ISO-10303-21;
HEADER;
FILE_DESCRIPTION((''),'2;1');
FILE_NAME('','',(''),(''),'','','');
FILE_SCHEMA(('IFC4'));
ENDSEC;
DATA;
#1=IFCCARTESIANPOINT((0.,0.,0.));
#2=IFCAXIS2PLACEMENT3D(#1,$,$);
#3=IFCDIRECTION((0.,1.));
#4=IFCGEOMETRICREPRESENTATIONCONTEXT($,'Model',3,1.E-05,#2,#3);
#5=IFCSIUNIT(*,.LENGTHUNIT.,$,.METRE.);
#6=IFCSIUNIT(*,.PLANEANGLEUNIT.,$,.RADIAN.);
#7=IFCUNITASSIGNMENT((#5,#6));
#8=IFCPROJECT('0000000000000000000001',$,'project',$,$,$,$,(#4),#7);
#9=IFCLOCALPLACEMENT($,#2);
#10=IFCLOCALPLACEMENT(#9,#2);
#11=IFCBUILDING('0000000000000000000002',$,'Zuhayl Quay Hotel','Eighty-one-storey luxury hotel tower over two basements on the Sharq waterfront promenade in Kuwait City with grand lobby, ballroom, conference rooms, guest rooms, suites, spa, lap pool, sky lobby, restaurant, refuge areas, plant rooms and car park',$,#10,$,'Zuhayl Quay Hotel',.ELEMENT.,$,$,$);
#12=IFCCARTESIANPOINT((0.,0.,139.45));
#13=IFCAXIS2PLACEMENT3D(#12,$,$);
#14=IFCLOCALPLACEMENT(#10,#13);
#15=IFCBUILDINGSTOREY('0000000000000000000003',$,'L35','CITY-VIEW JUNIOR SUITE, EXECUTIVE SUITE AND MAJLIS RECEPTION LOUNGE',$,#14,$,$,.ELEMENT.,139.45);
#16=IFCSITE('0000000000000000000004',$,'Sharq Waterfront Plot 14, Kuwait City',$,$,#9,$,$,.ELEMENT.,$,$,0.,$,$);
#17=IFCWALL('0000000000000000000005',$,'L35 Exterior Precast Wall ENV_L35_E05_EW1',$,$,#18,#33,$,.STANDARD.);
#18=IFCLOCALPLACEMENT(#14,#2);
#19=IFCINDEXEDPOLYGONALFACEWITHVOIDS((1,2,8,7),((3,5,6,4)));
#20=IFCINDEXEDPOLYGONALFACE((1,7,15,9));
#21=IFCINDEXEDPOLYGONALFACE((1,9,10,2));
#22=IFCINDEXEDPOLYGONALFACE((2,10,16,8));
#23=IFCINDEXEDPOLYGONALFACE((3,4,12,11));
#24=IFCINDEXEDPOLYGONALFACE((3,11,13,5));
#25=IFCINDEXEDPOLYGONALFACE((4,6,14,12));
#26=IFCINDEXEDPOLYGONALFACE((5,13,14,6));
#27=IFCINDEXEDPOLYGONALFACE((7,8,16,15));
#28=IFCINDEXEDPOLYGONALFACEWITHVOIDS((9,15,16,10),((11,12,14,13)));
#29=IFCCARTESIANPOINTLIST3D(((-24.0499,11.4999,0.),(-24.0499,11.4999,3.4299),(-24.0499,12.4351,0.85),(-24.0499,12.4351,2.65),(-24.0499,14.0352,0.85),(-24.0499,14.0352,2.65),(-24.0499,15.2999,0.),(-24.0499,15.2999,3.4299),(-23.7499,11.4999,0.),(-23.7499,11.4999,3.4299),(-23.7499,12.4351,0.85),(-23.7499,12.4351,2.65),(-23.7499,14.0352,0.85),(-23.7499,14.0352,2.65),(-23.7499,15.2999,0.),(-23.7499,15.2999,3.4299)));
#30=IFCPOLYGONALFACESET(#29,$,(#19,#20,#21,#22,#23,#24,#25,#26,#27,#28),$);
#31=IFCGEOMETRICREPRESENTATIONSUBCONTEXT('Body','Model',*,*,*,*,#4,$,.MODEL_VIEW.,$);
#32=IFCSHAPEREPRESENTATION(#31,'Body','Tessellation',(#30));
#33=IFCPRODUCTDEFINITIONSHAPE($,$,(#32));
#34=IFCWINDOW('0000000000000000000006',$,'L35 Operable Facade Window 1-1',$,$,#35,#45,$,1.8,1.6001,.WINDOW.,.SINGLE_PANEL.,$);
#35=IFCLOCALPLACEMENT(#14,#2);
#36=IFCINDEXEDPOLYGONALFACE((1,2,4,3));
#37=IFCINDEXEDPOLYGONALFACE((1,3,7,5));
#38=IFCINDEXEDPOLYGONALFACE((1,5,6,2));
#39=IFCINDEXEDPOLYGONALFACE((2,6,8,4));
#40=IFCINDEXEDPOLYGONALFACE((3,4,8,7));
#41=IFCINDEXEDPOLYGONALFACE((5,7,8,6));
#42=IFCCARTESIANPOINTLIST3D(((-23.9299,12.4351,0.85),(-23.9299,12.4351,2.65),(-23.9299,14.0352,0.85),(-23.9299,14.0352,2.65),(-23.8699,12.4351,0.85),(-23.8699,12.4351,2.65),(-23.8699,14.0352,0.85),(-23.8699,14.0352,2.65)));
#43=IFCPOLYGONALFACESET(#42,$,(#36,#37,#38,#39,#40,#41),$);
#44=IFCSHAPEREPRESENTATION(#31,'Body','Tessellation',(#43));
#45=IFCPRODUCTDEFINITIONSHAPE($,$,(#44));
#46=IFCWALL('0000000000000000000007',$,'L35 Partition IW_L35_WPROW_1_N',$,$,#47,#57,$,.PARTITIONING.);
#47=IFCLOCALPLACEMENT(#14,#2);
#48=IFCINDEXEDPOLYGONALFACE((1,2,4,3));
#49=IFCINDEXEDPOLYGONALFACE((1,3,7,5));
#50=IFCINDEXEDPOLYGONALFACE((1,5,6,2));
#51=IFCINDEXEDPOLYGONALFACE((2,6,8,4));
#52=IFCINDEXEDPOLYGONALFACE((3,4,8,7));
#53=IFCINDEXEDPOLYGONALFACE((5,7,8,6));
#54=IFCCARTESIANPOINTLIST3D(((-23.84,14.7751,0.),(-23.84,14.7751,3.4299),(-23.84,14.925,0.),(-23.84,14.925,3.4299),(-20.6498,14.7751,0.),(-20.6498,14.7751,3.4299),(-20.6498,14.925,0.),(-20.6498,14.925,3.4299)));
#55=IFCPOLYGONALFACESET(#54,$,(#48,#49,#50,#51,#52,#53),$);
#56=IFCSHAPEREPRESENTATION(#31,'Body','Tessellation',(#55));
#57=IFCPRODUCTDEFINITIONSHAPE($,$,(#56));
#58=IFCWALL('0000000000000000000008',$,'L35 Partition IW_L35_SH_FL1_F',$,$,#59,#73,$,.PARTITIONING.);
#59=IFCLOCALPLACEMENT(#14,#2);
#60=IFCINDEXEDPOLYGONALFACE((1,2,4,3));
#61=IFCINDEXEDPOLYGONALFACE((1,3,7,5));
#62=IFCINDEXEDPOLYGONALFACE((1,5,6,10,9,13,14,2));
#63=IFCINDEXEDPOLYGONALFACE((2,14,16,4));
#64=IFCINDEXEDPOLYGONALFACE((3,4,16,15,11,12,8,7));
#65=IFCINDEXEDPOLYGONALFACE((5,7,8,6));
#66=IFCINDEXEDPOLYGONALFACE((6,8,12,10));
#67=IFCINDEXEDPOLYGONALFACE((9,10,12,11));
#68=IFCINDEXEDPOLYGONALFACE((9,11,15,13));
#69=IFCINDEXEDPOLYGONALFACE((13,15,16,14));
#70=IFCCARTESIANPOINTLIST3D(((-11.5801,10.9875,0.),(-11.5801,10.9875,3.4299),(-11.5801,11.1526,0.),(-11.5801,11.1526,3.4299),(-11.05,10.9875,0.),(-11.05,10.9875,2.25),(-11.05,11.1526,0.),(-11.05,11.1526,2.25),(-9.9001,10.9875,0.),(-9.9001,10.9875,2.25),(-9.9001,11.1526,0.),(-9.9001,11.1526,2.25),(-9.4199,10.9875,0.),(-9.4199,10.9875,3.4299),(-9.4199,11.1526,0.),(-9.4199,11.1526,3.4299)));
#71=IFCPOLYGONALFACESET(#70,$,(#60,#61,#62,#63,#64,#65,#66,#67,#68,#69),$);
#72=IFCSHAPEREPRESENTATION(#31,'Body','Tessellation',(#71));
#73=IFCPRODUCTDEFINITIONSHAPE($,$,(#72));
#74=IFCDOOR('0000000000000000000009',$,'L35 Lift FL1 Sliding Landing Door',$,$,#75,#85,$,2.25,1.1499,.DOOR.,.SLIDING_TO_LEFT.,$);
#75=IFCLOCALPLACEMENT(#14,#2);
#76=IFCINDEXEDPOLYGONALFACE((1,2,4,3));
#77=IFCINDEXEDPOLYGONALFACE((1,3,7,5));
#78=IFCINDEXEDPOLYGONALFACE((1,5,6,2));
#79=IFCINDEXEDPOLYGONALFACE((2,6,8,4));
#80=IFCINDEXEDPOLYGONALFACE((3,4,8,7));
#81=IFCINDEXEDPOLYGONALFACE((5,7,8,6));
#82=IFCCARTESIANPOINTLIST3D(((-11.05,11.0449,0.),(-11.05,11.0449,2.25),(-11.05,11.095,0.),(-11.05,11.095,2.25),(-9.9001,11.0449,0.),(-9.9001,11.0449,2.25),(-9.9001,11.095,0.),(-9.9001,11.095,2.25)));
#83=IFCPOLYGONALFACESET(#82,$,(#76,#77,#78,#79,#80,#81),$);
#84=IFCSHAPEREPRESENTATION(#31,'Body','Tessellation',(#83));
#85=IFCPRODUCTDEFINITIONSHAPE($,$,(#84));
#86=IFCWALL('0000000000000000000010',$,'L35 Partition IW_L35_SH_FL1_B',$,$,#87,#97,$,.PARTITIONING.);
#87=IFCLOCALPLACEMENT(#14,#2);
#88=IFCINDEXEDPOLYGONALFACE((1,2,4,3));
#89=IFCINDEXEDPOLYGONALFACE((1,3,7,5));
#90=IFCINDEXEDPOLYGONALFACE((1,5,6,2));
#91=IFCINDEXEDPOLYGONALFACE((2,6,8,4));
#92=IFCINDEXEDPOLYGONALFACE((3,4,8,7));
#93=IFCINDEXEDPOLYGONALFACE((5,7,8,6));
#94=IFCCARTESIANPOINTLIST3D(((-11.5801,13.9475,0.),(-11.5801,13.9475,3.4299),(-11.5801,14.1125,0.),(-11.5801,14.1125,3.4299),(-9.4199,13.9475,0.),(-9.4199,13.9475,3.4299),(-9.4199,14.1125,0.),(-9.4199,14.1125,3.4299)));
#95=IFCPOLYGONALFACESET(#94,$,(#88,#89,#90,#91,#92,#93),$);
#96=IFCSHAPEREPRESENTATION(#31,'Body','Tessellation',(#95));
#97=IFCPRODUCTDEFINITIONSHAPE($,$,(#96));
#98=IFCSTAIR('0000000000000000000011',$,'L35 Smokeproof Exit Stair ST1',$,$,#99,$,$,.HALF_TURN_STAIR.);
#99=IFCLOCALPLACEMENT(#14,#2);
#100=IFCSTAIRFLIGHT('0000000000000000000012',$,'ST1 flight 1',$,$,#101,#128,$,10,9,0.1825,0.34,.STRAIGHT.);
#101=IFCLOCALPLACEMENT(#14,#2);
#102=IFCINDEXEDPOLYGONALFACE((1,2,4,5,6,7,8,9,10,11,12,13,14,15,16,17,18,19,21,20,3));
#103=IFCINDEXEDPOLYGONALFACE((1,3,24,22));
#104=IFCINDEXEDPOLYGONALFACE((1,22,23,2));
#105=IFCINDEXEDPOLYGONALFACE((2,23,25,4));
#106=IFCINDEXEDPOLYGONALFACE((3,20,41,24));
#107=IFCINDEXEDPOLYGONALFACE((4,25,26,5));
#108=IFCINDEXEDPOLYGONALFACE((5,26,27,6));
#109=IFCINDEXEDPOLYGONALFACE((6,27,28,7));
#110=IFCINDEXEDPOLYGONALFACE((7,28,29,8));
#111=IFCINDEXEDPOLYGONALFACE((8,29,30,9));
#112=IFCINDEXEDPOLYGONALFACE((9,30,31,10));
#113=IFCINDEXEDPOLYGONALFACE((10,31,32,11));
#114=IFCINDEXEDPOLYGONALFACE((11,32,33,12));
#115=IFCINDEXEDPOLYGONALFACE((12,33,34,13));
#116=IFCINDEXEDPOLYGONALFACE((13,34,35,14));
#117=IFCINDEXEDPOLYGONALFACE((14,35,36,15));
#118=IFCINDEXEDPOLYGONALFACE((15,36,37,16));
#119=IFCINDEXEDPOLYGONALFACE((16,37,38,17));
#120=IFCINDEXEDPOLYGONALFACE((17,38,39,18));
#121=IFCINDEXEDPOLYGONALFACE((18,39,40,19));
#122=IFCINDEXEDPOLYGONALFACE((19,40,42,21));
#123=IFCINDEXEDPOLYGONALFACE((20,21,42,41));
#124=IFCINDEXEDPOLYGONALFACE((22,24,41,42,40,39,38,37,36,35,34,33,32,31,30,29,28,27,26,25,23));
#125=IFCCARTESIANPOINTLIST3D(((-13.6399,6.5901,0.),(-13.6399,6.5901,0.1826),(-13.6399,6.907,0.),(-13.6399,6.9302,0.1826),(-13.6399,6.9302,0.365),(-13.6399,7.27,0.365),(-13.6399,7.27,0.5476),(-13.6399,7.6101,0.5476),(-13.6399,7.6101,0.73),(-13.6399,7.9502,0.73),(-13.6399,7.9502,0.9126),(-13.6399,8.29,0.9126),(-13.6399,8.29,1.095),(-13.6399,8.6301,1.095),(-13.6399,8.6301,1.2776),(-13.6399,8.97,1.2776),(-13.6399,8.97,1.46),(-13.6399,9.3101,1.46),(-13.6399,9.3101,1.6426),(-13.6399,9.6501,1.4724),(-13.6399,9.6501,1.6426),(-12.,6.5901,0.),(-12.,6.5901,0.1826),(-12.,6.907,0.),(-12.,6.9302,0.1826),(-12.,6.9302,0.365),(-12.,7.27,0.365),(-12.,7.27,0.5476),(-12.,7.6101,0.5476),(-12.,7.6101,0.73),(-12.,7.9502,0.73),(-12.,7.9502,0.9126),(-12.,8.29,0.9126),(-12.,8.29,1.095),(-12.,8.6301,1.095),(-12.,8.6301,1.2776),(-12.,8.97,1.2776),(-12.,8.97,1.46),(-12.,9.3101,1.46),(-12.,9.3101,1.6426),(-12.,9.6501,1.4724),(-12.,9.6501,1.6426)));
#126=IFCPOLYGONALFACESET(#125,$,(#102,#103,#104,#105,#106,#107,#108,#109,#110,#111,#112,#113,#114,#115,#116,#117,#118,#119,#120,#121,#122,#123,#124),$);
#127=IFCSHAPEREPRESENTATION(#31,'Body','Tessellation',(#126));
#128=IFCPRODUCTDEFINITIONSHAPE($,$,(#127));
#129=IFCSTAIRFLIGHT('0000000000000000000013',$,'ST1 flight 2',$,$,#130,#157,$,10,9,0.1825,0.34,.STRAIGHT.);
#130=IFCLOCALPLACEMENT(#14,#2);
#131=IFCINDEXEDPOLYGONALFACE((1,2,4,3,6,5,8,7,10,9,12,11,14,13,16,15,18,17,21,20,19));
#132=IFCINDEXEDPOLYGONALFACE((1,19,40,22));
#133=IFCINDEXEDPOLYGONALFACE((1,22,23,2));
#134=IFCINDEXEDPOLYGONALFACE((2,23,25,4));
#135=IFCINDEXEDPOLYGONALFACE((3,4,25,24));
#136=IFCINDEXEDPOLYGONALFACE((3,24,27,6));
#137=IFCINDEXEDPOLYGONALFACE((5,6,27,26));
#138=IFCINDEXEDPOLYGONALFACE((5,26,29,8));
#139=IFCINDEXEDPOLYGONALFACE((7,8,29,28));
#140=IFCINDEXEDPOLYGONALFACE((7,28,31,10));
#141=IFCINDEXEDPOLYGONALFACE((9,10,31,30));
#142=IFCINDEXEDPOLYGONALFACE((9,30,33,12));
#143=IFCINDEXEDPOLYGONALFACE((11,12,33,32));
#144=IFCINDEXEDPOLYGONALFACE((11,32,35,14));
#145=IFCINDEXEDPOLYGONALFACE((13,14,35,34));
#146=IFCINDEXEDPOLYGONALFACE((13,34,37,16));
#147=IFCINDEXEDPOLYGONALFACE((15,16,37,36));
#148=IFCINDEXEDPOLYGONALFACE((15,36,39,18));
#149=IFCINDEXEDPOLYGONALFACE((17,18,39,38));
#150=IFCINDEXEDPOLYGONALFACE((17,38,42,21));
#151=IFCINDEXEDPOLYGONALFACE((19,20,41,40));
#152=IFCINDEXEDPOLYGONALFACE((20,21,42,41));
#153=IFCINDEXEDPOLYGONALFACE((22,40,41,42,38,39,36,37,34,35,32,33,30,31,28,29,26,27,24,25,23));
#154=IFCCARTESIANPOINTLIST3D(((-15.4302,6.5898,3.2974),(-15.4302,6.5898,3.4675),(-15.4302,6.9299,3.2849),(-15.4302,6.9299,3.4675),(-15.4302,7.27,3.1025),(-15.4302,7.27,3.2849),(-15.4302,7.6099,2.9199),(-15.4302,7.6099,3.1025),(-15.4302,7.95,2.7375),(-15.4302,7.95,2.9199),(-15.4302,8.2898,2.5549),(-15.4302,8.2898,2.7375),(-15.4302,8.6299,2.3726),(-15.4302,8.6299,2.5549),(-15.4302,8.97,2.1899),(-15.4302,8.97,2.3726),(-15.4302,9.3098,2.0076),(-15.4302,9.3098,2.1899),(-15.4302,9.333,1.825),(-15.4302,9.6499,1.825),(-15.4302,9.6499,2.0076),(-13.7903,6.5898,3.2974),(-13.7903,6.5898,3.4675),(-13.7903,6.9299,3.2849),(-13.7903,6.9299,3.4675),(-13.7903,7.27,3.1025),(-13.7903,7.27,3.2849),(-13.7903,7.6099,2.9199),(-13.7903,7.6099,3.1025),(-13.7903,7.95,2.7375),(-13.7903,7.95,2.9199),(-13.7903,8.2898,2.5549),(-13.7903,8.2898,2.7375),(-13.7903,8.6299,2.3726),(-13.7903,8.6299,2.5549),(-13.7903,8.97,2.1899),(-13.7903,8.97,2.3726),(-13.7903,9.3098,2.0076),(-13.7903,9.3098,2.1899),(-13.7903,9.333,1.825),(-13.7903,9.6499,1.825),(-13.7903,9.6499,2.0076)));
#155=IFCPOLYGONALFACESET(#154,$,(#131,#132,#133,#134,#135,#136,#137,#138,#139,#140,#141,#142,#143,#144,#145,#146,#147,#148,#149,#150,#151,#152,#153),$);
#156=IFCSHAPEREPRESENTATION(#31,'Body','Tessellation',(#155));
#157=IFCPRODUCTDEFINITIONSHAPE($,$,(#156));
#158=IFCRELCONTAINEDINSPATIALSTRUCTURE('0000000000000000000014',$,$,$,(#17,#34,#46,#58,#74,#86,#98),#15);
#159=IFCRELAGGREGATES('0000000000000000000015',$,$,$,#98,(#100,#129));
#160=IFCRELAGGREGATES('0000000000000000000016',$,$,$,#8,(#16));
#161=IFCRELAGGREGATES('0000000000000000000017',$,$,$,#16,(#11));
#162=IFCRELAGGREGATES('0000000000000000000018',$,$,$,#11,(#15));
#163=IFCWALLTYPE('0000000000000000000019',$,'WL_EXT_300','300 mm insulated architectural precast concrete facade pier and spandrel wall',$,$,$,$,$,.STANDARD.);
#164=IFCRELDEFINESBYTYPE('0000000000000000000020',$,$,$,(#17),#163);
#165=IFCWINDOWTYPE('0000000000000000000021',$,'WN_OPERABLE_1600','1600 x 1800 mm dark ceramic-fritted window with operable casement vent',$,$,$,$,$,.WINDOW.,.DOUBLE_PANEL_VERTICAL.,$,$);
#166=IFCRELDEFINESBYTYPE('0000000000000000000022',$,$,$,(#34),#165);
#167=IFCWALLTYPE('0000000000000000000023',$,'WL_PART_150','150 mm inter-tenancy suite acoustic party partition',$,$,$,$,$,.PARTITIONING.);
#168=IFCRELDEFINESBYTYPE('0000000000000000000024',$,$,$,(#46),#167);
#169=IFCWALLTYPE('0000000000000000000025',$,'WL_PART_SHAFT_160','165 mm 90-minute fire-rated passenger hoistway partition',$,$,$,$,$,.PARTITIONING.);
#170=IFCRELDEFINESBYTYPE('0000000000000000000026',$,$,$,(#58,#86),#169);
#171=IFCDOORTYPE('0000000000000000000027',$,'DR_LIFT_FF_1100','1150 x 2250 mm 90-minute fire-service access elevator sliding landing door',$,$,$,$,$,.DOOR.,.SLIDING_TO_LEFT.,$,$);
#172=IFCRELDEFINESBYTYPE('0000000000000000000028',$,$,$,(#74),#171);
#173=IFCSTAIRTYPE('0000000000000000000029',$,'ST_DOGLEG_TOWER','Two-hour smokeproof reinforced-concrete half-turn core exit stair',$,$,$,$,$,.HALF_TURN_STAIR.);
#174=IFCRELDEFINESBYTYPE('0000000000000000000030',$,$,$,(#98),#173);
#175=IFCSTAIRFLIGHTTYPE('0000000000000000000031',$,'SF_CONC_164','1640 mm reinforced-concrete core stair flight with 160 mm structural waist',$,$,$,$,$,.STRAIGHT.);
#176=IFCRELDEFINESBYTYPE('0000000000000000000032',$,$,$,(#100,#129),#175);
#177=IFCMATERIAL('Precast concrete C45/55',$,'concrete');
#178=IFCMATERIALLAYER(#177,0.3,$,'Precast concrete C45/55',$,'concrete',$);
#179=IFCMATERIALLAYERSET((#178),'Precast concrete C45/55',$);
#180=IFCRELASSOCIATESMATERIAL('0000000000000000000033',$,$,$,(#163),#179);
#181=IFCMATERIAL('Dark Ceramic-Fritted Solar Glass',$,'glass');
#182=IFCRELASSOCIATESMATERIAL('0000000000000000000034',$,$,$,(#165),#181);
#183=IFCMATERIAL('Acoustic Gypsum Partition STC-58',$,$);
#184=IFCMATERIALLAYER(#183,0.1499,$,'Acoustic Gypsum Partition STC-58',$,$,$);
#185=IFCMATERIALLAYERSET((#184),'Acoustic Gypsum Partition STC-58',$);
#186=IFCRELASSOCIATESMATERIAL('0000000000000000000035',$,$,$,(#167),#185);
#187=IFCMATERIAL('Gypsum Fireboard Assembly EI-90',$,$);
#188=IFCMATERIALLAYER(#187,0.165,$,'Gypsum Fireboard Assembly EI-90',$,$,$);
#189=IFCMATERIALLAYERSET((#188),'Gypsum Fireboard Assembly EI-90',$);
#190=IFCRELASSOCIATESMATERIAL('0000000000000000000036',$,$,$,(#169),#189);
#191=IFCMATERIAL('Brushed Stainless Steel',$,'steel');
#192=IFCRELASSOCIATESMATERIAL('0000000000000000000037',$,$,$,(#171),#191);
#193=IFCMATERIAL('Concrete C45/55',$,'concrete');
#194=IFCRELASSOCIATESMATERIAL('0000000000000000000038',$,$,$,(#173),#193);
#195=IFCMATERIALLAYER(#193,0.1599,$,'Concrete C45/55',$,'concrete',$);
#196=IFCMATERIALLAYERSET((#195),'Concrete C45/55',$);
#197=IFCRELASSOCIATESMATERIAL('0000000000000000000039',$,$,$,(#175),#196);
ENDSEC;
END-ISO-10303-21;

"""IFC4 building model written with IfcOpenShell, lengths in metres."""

from ifc_helpers import new_model, si_unit, direction, frame, frame_2d, origin, place, context, subcontext, project, spatial, polyline, rectangle, outline, extrude, material, layer, layer_set, type_object, element, fill, aggregate, save


model = new_model("IFC4")

# Units and contexts
model_context = context("Model", 3, precision=1e-05, world=origin(), true_north=direction((0.0, 1.0)))
body_context = subcontext(model_context, "Body", "Model", "MODEL_VIEW")
ifc_project = project(units=[si_unit("LENGTHUNIT", "METRE"), si_unit("PLANEANGLEUNIT", "RADIAN")], contexts=[model_context])

# Site, building, storey
site_placement = place(None, origin())
site = spatial("IfcSite", under=ifc_project, at=site_placement, Name="Sharq Waterfront Plot 14, Kuwait City", CompositionType="ELEMENT", RefElevation=0.0)
building_placement = place(site_placement, origin())
building = spatial("IfcBuilding", under=site, at=building_placement, Name="Zuhayl Quay Hotel", Description="Eighty-one-storey luxury hotel tower over two basements on the Sharq waterfront promenade in Kuwait City with grand lobby, ballroom, conference rooms, guest rooms, suites, spa, lap pool, sky lobby, restaurant, refuge areas, plant rooms and car park", LongName="Zuhayl Quay Hotel", CompositionType="ELEMENT")
storey_placement = place(building_placement, frame((0.0, 0.0, 139.45)))
storey = spatial("IfcBuildingStorey", under=building, at=storey_placement, Name="L35", Description="CITY-VIEW JUNIOR SUITE, EXECUTIVE SUITE AND MAJLIS RECEPTION LOUNGE", CompositionType="ELEMENT", Elevation=139.45)

# Shared definitions
ifc_material_1 = material(Name="Precast concrete C45/55", Category="concrete")
ifc_layer_1 = layer(ifc_material_1, 0.3, Name="Precast concrete C45/55", Category="concrete")
ifc_layer_set_1 = layer_set([ifc_layer_1], Name="Precast concrete C45/55")
wall_type_1 = type_object("IfcWallType", Name="WL_EXT_300", Description="300 mm insulated architectural precast concrete facade pier and spandrel wall", PredefinedType="STANDARD", material=ifc_layer_set_1)

# Wall, opening, window
wall_1_placement = place(storey_placement, frame((-23.8999, 11.5, 0.0), z_axis=(0.0, 0.0, 1.0), x_axis=(0.0, 1.0, 0.0)))
wall_1 = element("IfcWall", 1, at=wall_1_placement, inside=storey, type_object=wall_type_1, Name="L35 Exterior Precast Wall ENV_L35_E05_EW1", PredefinedType="STANDARD", context=body_context, shape_type="SweptSolid", body=[
    extrude(rectangle(XDim=3.8, YDim=0.3, at=frame_2d((1.8999, 0.0))), origin(), (0.0, 0.0, 1.0), 3.4299),
])
opening_1_placement = place(wall_1_placement, frame((0.9351, 0.0, 0.8501)))
opening_1 = element("IfcOpeningElement", 2, at=opening_1_placement, cuts=wall_1, PredefinedType="OPENING", context=body_context, shape_type="SweptSolid", body=[
    extrude(rectangle(XDim=1.6001, YDim=1.8, at=frame_2d((0.8, 0.8999))), frame((0.0, 0.1599, 0.0), z_axis=(0.0, -1.0, 0.0), x_axis=(1.0, 0.0, 0.0)), (0.0, 0.0, 1.0), 0.3201),
])
ifc_material_2 = material(Name="Dark Ceramic-Fritted Solar Glass", Category="glass")
window_type = type_object("IfcWindowType", Name="WN_OPERABLE_1600", Description="1600 x 1800 mm dark ceramic-fritted window with operable casement vent", PartitioningType="DOUBLE_PANEL_VERTICAL", PredefinedType="WINDOW", material=ifc_material_2)
window_placement = place(opening_1_placement, origin())
window = element("IfcWindow", 3, at=window_placement, inside=storey, type_object=window_type, Name="L35 Operable Facade Window 1-1", OverallHeight=1.8, OverallWidth=1.6001, PartitioningType="SINGLE_PANEL", PredefinedType="WINDOW", context=body_context, shape_type="SweptSolid", body=[
    extrude(rectangle(XDim=1.6001, YDim=1.8, at=frame_2d((0.8, 0.8999))), frame((0.0, 0.03, 0.0), z_axis=(0.0, -1.0, 0.0), x_axis=(1.0, 0.0, 0.0)), (0.0, 0.0, 1.0), 0.0601),
])
fill(opening_1, window)

# Wall
ifc_material_3 = material(Name="Acoustic Gypsum Partition STC-58")
ifc_layer_2 = layer(ifc_material_3, 0.1499, Name="Acoustic Gypsum Partition STC-58")
ifc_layer_set_2 = layer_set([ifc_layer_2], Name="Acoustic Gypsum Partition STC-58")
wall_type_2 = type_object("IfcWallType", Name="WL_PART_150", Description="150 mm inter-tenancy suite acoustic party partition", PredefinedType="PARTITIONING", material=ifc_layer_set_2)
wall_2_placement = place(storey_placement, frame((-23.8401, 14.8501, 0.0), z_axis=(0.0, 0.0, 1.0), x_axis=(1.0, 0.0, 0.0)))
element("IfcWall", 4, at=wall_2_placement, inside=storey, type_object=wall_type_2, Name="L35 Partition IW_L35_WPROW_1_N", PredefinedType="PARTITIONING", context=body_context, shape_type="SweptSolid", body=[
    extrude(rectangle(XDim=3.1902, YDim=0.1499, at=frame_2d((1.5952, 0.0))), origin(), (0.0, 0.0, 1.0), 3.4299),
])

# Wall, opening, door
ifc_material_4 = material(Name="Gypsum Fireboard Assembly EI-90")
ifc_layer_3 = layer(ifc_material_4, 0.165, Name="Gypsum Fireboard Assembly EI-90")
ifc_layer_set_3 = layer_set([ifc_layer_3], Name="Gypsum Fireboard Assembly EI-90")
wall_type_3 = type_object("IfcWallType", Name="WL_PART_SHAFT_160", Description="165 mm 90-minute fire-rated passenger hoistway partition", PredefinedType="PARTITIONING", material=ifc_layer_set_3)
wall_3_placement = place(storey_placement, frame((-11.5801, 11.0701, 0.0), z_axis=(0.0, 0.0, 1.0), x_axis=(1.0, 0.0, 0.0)))
wall_3 = element("IfcWall", 5, at=wall_3_placement, inside=storey, type_object=wall_type_3, Name="L35 Partition IW_L35_SH_FL1_F", PredefinedType="PARTITIONING", context=body_context, shape_type="SweptSolid", body=[
    extrude(rectangle(XDim=2.1602, YDim=0.165, at=frame_2d((1.0801, 0.0))), origin(), (0.0, 0.0, 1.0), 3.4299),
])
opening_2_placement = place(wall_3_placement, frame((0.53, 0.0, 0.0)))
opening_2 = element("IfcOpeningElement", 6, at=opening_2_placement, cuts=wall_3, PredefinedType="OPENING", context=body_context, shape_type="SweptSolid", body=[
    extrude(rectangle(XDim=1.1499, YDim=2.25, at=frame_2d((0.575, 1.125))), frame((0.0, 0.0925, 0.0), z_axis=(0.0, -1.0, 0.0), x_axis=(1.0, 0.0, 0.0)), (0.0, 0.0, 1.0), 0.1851),
])
ifc_material_5 = material(Name="Brushed Stainless Steel", Category="steel")
door_type = type_object("IfcDoorType", Name="DR_LIFT_FF_1100", Description="1150 x 2250 mm 90-minute fire-service access elevator sliding landing door", OperationType="SLIDING_TO_LEFT", PredefinedType="DOOR", material=ifc_material_5)
door_placement = place(opening_2_placement, origin())
door = element("IfcDoor", 7, at=door_placement, inside=storey, type_object=door_type, Name="L35 Lift FL1 Sliding Landing Door", OperationType="SLIDING_TO_LEFT", OverallHeight=2.25, OverallWidth=1.1499, PredefinedType="DOOR", context=body_context, shape_type="SweptSolid", body=[
    extrude(rectangle(XDim=1.1499, YDim=2.25, at=frame_2d((0.575, 1.125))), frame((0.0, 0.0249, 0.0), z_axis=(0.0, -1.0, 0.0), x_axis=(1.0, 0.0, 0.0)), (0.0, 0.0, 1.0), 0.05),
])
fill(opening_2, door)

# Wall
wall_4_placement = place(storey_placement, frame((-11.5801, 14.03, 0.0), z_axis=(0.0, 0.0, 1.0), x_axis=(1.0, 0.0, 0.0)))
element("IfcWall", 8, at=wall_4_placement, inside=storey, type_object=wall_type_3, Name="L35 Partition IW_L35_SH_FL1_B", PredefinedType="PARTITIONING", context=body_context, shape_type="SweptSolid", body=[
    extrude(rectangle(XDim=2.1602, YDim=0.165, at=frame_2d((1.0801, 0.0))), origin(), (0.0, 0.0, 1.0), 3.4299),
])

# Stair, stair flights
ifc_material_6 = material(Name="Concrete C45/55", Category="concrete")
stair_type = type_object("IfcStairType", Name="ST_DOGLEG_TOWER", Description="Two-hour smokeproof reinforced-concrete half-turn core exit stair", PredefinedType="HALF_TURN_STAIR", material=ifc_material_6)
stair_placement = place(storey_placement, origin())
stair = element("IfcStair", 9, at=stair_placement, inside=storey, type_object=stair_type, Name="L35 Smokeproof Exit Stair ST1", PredefinedType="HALF_TURN_STAIR")
ifc_layer_4 = layer(ifc_material_6, 0.1599, Name="Concrete C45/55", Category="concrete")
ifc_layer_set_4 = layer_set([ifc_layer_4], Name="Concrete C45/55")
stair_flight_type = type_object("IfcStairFlightType", Name="SF_CONC_164", Description="1640 mm reinforced-concrete core stair flight with 160 mm structural waist", PredefinedType="STRAIGHT", material=ifc_layer_set_4)
stair_flight_1_placement = place(storey_placement, frame((-12.8201, 6.5901, 0.0), z_axis=(0.0, 0.0, 1.0), x_axis=(0.0, 1.0, 0.0)))
stair_flight_1 = element("IfcStairFlight", 10, at=stair_flight_1_placement, type_object=stair_flight_type, Name="ST1 flight 1", NumberOfRisers=10, NumberOfTreads=9, PredefinedType="STRAIGHT", RiserHeight=0.1825, TreadLength=0.34, context=body_context, shape_type="SweptSolid", body=[
    extrude(outline(polyline([(0.0, 0.0), (0.0, 0.1826), (0.3401, 0.1826), (0.3401, 0.365), (0.6799, 0.365), (0.6799, 0.5476), (1.02, 0.5476), (1.02, 0.73), (1.3601, 0.73), (1.3601, 0.9126), (1.7, 0.9126), (1.7, 1.095), (2.04, 1.095), (2.04, 1.2776), (2.3799, 1.2776), (2.3799, 1.46), (2.72, 1.46), (2.72, 1.6426), (3.0601, 1.6426), (3.0601, 1.825), (3.0601, 1.4724), (0.3169, 0.0), (0.0, 0.0)])), frame((0.0, 0.8198, 0.0), z_axis=(0.0, -1.0, 0.0), x_axis=(1.0, 0.0, 0.0)), (0.0, 0.0, 1.0), 1.6399),
])
stair_flight_2_placement = place(storey_placement, frame((-14.6101, 9.6499, 1.825), z_axis=(0.0, 0.0, 1.0), x_axis=(0.0, -1.0, 0.0)))
stair_flight_2 = element("IfcStairFlight", 11, at=stair_flight_2_placement, type_object=stair_flight_type, Name="ST1 flight 2", NumberOfRisers=10, NumberOfTreads=9, PredefinedType="STRAIGHT", RiserHeight=0.1825, TreadLength=0.34, context=body_context, shape_type="SweptSolid", body=[
    extrude(outline(polyline([(0.0, 0.0), (0.0, 0.1826), (0.3401, 0.1826), (0.3401, 0.365), (0.6799, 0.365), (0.6799, 0.5476), (1.02, 0.5476), (1.02, 0.73), (1.3601, 0.73), (1.3601, 0.9126), (1.7, 0.9126), (1.7, 1.095), (2.04, 1.095), (2.04, 1.2776), (2.3799, 1.2776), (2.3799, 1.46), (2.72, 1.46), (2.72, 1.6426), (3.0601, 1.6426), (3.0601, 1.825), (3.0601, 1.4724), (0.3169, 0.0), (0.0, 0.0)])), frame((0.0, 0.8198, 0.0), z_axis=(0.0, -1.0, 0.0), x_axis=(1.0, 0.0, 0.0)), (0.0, 0.0, 1.0), 1.6399),
])
aggregate(stair, [stair_flight_1, stair_flight_2])

save(model, "model.ifc")
